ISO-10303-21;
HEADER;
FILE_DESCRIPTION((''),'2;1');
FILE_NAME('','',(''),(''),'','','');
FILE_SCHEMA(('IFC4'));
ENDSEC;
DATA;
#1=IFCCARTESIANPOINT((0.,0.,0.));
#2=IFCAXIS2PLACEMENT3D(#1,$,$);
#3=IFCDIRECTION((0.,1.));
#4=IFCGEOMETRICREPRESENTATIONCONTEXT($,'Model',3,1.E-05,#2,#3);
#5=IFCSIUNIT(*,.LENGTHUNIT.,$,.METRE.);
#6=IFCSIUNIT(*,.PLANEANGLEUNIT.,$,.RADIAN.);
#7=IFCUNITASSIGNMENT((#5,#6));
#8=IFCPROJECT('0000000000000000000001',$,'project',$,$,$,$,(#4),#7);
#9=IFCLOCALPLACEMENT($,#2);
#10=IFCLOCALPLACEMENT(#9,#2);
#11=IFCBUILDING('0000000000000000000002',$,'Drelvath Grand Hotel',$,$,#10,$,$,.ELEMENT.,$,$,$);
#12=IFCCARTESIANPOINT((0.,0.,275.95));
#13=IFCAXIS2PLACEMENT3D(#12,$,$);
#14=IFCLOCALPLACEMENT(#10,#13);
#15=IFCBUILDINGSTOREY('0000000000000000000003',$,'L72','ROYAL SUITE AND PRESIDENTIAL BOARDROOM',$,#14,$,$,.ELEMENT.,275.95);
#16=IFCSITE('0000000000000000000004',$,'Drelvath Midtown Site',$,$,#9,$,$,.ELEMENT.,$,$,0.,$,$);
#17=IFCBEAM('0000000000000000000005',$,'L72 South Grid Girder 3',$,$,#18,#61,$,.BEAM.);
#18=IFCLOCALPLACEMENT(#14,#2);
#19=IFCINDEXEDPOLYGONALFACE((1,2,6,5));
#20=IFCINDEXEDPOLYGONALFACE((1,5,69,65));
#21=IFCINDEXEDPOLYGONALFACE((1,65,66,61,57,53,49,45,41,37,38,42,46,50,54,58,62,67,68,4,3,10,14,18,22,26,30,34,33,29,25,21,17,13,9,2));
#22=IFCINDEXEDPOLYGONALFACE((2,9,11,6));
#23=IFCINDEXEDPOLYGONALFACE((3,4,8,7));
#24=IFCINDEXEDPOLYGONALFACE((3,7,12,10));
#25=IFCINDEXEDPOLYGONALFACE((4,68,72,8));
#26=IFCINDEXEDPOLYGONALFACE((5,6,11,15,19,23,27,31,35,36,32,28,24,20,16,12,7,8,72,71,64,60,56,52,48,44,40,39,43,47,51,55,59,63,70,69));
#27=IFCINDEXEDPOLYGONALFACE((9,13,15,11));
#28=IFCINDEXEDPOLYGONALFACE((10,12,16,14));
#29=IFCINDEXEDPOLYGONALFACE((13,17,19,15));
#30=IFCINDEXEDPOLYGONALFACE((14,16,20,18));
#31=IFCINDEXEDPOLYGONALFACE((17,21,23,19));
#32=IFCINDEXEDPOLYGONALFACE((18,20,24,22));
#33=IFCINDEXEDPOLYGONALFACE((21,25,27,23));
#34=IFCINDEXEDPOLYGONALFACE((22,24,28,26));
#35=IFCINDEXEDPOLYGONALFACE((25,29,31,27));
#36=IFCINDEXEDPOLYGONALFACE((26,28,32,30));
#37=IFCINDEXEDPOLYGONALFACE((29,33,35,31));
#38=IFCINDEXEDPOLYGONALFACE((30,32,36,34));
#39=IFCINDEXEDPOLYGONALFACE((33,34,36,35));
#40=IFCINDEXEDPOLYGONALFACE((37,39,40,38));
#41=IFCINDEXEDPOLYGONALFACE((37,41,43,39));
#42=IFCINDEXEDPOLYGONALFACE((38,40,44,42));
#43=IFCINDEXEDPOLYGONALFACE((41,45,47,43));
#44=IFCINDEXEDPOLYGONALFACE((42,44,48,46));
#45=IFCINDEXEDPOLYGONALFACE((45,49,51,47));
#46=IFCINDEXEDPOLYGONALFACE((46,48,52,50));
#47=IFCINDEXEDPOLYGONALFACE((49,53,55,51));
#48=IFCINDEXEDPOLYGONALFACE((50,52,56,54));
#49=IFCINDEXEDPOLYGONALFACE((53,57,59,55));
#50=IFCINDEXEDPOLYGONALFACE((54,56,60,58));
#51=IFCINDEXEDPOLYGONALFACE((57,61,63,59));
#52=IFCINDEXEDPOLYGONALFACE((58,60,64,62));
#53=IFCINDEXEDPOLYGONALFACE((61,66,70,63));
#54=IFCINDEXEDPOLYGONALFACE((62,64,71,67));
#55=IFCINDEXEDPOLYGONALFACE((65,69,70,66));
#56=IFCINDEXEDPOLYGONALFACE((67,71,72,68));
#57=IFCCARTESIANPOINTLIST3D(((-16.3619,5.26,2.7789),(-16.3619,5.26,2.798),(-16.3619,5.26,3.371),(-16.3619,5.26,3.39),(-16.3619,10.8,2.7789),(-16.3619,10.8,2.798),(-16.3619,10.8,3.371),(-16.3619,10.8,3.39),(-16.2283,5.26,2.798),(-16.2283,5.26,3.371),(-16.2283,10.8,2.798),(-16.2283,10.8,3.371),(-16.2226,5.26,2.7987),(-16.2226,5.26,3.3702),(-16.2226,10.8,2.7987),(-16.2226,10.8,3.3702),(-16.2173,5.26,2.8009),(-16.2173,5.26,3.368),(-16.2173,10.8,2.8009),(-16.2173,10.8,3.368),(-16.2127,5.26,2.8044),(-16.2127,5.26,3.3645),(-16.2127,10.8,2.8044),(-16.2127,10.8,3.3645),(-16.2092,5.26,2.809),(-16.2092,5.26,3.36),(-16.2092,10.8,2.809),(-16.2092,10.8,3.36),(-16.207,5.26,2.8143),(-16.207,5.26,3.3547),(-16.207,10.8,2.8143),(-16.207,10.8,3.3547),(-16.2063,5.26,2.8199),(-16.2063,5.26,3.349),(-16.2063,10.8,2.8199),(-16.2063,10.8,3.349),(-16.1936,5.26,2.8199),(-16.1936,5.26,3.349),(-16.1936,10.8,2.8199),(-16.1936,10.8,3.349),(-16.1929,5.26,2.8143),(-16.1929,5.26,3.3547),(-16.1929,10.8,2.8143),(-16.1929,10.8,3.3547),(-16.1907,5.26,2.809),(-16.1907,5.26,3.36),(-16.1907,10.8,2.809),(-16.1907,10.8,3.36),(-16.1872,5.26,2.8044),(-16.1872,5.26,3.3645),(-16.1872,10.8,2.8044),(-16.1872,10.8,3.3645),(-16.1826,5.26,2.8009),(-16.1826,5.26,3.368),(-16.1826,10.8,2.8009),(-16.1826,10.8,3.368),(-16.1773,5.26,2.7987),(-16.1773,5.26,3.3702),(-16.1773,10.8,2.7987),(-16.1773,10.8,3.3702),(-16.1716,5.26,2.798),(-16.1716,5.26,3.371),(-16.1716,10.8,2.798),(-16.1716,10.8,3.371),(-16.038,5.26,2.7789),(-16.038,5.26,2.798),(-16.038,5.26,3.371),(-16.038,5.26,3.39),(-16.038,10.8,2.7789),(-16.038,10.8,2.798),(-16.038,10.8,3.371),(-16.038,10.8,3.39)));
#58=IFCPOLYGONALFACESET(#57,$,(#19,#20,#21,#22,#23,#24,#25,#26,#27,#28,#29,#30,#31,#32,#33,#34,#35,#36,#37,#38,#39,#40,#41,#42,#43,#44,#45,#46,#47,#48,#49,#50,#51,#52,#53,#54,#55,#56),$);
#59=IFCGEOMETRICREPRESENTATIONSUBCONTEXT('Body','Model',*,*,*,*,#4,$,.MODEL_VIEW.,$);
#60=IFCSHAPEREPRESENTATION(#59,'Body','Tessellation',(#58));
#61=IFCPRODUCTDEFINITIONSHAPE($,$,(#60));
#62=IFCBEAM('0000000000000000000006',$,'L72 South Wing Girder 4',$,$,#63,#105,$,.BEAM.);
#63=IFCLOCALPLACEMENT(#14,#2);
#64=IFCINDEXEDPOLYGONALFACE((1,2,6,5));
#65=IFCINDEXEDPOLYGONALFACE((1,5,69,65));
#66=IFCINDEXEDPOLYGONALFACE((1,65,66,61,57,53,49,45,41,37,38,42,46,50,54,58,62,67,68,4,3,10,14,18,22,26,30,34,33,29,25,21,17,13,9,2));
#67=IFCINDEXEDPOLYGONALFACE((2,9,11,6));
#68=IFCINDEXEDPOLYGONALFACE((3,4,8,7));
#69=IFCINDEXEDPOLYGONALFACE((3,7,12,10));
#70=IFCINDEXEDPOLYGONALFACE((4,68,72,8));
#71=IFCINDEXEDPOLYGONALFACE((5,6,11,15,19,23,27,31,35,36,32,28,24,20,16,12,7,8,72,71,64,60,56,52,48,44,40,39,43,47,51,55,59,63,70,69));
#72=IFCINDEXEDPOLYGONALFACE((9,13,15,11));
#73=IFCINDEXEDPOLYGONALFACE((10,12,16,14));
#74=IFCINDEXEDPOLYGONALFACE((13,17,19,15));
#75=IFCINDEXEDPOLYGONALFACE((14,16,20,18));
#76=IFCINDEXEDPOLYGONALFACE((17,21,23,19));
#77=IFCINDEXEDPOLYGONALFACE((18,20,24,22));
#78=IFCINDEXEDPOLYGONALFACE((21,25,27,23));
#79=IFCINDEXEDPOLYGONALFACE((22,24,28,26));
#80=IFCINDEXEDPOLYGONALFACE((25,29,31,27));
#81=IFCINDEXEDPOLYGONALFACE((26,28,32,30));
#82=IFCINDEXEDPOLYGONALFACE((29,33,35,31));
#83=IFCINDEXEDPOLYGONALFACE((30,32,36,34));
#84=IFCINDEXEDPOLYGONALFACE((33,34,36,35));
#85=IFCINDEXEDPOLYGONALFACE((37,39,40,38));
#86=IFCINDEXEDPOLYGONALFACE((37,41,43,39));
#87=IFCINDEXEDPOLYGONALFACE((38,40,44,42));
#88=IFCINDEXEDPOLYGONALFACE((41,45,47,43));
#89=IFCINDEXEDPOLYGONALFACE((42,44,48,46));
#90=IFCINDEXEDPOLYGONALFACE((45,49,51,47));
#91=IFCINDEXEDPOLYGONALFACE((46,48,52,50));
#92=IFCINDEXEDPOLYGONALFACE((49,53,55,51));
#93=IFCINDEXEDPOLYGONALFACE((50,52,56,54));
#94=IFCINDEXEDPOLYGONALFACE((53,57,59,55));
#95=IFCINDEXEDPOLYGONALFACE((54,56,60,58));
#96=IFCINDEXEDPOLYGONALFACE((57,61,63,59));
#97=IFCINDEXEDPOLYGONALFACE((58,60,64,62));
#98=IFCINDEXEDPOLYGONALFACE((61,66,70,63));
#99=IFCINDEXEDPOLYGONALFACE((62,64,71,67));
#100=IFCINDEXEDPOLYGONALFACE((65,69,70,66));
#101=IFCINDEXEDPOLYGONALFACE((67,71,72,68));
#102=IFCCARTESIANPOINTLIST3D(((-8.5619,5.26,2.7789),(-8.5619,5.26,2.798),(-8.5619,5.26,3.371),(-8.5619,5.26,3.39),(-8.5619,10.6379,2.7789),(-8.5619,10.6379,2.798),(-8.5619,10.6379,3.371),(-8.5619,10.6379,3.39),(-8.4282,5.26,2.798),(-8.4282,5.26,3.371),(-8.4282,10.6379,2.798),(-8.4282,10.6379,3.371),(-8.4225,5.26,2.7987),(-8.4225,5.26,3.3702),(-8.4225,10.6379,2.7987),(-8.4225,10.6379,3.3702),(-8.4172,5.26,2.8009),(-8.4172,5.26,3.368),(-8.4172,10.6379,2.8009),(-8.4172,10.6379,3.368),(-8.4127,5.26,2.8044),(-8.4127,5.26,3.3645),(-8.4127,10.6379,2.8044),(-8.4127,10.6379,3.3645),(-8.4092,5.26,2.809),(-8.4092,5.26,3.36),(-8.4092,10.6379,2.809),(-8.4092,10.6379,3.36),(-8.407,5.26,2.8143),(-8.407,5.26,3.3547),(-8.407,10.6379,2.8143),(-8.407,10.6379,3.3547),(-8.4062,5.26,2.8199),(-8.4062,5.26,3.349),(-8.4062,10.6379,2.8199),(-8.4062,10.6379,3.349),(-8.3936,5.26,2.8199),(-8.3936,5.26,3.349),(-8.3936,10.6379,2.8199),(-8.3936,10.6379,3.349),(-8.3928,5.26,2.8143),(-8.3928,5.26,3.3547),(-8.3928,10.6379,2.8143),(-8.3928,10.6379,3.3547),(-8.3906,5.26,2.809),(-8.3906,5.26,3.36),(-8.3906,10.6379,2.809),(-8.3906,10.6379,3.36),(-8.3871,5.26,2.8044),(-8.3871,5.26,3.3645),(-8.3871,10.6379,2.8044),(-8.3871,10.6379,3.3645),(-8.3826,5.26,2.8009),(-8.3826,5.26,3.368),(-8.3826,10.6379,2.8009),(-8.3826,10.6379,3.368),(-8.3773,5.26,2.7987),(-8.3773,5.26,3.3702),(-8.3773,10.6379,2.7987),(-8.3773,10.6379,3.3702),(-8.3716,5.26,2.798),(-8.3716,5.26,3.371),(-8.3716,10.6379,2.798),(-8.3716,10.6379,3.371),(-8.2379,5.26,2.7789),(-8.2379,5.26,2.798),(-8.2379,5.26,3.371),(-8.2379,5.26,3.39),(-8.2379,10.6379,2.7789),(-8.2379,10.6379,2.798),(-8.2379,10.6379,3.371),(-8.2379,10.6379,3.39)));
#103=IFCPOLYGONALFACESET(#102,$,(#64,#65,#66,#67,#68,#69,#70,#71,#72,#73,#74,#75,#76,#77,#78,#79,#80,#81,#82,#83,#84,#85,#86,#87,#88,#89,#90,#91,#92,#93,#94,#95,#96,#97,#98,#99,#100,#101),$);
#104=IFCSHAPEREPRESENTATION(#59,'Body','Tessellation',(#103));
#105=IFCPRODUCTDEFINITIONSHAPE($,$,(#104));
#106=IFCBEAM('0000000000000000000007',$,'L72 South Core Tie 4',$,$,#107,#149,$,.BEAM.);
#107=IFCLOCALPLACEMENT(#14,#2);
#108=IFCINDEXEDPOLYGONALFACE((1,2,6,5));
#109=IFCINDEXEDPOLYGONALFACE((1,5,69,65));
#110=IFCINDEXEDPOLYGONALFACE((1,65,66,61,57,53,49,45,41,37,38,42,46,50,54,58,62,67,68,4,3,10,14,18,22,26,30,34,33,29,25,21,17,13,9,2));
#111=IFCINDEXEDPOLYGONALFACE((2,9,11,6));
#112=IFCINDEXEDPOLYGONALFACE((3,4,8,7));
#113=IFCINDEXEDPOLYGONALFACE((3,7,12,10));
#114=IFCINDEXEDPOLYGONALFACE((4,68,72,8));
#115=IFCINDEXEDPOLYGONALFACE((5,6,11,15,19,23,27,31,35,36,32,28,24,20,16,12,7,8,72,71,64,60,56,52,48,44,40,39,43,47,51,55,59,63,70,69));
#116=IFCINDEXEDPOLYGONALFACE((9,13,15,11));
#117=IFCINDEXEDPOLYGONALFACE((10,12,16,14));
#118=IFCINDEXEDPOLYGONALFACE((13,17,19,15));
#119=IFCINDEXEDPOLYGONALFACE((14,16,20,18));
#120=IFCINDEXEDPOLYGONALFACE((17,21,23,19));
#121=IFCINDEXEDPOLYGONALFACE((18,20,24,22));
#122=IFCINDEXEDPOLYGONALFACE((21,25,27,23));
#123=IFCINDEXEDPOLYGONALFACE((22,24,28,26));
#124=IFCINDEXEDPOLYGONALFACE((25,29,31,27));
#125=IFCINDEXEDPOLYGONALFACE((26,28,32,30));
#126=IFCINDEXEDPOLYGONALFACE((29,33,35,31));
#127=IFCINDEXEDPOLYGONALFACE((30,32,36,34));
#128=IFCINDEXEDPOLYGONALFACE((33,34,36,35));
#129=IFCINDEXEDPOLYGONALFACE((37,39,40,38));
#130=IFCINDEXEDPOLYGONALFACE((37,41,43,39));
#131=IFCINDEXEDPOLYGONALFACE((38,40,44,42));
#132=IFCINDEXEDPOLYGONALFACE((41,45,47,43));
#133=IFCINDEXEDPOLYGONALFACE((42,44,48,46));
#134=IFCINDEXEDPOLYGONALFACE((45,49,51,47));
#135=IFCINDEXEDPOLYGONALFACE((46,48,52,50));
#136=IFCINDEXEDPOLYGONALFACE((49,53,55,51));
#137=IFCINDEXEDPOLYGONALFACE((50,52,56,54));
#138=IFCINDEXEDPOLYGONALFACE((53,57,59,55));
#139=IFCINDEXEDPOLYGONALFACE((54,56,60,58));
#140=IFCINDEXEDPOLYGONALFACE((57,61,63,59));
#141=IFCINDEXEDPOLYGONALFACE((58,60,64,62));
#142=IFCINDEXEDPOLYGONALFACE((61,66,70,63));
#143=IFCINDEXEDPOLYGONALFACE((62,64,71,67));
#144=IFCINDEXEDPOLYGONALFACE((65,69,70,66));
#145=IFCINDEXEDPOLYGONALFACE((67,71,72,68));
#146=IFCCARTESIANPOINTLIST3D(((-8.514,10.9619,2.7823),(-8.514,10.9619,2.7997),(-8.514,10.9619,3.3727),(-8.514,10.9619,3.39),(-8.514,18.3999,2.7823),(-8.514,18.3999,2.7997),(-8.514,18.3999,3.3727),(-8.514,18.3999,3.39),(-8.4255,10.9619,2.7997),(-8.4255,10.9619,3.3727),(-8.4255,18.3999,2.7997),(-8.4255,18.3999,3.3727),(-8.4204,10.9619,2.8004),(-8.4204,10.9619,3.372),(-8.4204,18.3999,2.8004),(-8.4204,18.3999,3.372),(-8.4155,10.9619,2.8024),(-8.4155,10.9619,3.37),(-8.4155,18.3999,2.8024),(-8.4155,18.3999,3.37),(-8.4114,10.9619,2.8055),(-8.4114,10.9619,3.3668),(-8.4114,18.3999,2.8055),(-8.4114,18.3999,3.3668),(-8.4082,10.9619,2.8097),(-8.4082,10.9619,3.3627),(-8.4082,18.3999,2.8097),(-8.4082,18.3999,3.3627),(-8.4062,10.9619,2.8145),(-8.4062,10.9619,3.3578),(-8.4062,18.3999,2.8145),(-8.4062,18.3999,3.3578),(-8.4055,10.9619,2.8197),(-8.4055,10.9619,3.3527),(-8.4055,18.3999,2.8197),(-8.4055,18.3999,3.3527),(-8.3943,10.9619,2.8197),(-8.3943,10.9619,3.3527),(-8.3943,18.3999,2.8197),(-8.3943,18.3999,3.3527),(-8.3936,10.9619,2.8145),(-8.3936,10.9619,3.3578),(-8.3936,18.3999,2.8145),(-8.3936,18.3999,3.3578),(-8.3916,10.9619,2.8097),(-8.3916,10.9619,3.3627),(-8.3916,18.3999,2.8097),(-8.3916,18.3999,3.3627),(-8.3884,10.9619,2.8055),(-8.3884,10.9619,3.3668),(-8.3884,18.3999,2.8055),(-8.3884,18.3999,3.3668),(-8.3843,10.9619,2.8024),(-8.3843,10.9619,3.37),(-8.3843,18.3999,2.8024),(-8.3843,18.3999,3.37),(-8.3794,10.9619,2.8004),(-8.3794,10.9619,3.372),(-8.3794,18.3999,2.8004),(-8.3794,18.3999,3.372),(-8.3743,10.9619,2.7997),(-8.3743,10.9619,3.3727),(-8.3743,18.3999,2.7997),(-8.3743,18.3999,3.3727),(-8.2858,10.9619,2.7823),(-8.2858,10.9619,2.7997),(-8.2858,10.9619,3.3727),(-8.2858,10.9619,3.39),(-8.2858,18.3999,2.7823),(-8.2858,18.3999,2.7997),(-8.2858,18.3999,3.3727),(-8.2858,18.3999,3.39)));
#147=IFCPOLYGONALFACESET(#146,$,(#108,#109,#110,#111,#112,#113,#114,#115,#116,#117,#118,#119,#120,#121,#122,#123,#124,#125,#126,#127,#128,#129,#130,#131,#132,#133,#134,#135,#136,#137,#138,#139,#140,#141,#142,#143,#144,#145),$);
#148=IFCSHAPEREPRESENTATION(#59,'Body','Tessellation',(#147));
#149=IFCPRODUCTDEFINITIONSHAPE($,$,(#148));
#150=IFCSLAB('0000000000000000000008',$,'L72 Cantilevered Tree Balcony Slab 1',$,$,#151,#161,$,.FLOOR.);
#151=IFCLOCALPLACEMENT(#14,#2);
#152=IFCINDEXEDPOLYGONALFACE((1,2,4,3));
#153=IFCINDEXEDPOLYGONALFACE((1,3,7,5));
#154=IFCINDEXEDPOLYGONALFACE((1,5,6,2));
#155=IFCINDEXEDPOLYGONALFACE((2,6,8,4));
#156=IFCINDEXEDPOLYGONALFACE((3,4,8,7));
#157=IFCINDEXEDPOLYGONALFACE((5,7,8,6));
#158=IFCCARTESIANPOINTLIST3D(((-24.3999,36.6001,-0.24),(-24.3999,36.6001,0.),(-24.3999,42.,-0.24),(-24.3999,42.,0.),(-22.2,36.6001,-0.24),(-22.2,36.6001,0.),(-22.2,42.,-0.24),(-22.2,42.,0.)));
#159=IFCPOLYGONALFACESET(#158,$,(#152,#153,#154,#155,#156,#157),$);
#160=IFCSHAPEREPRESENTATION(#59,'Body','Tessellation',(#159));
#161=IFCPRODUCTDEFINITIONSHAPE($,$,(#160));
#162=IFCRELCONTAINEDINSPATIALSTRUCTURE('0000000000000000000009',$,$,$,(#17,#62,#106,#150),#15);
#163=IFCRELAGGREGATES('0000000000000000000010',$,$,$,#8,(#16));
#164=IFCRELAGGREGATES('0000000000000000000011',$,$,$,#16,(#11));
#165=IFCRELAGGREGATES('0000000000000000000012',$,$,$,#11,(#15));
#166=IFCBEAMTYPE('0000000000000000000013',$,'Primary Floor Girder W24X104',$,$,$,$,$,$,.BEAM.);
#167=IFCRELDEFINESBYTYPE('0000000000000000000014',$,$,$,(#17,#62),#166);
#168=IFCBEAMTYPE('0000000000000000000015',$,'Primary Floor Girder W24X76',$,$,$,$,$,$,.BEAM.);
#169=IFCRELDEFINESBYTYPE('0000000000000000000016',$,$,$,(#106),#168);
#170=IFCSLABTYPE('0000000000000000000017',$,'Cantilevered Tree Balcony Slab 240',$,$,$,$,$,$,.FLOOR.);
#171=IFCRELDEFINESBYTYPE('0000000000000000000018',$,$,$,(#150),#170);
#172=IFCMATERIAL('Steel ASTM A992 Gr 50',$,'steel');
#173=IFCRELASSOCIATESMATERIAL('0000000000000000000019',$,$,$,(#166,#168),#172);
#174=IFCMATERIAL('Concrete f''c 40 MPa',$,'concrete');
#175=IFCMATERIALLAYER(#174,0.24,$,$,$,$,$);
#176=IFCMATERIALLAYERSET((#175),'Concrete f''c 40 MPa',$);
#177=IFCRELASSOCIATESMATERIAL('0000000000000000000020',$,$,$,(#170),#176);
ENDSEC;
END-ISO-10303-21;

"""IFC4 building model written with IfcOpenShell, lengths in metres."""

from ifc_helpers import new_model, si_unit, direction, frame, origin, origin_2d, place, context, subcontext, project, spatial, polyline, i_section, outline, extrude, material, layer, layer_set, material_profile, profile_set, type_object, element, save


model = new_model("IFC4")

# Units and contexts
model_context = context("Model", 3, precision=1e-05, world=origin(), true_north=direction((0.0, 1.0)))
body_context = subcontext(model_context, "Body", "Model", "MODEL_VIEW")
ifc_project = project(units=[si_unit("LENGTHUNIT", "METRE"), si_unit("PLANEANGLEUNIT", "RADIAN")], contexts=[model_context])

# Site, building, storey
site_placement = place(None, origin())
site = spatial("IfcSite", under=ifc_project, at=site_placement, Name="Drelvath Midtown Site", CompositionType="ELEMENT", RefElevation=0.0)
building_placement = place(site_placement, origin())
building = spatial("IfcBuilding", under=site, at=building_placement, Name="Drelvath Grand Hotel", CompositionType="ELEMENT")
storey_placement = place(building_placement, frame((0.0, 0.0, 275.95)))
storey = spatial("IfcBuildingStorey", under=building, at=storey_placement, Name="L72", Description="ROYAL SUITE AND PRESIDENTIAL BOARDROOM", CompositionType="ELEMENT", Elevation=275.95)

# Shared definitions
ifc_material_1 = material(Name="Steel ASTM A992 Gr 50", Category="steel")

# Beams
ifc_material_profile_1 = material_profile(ifc_material_1, i_section(OverallWidth=0.324, OverallDepth=0.6111, WebThickness=0.0127, FlangeThickness=0.019, FilletRadius=0.022, at=origin_2d()), Name="W24X104")
ifc_profile_set_1 = profile_set([ifc_material_profile_1], Name="Steel ASTM A992 Gr 50")
beam_type_1 = type_object("IfcBeamType", Name="Primary Floor Girder W24X104", PredefinedType="BEAM", material=ifc_profile_set_1)
for number, where, z_axis, x_axis, name in (
    (1, (-16.2, 5.26, 3.0845), (0.0, 1.0, 0.0), (-1.0, 0.0, 0.0), "L72 South Grid Girder 3"),
):
    element("IfcBeam", number, at=place(storey_placement, frame(where, z_axis=z_axis, x_axis=x_axis)), inside=storey, type_object=beam_type_1, Name=name, PredefinedType="BEAM", context=body_context, shape_type="SweptSolid", body=[
        extrude(i_section(OverallWidth=0.324, OverallDepth=0.6111, WebThickness=0.0127, FlangeThickness=0.019, FilletRadius=0.022, at=origin_2d()), origin(), (0.0, 0.0, 1.0), 5.54),
    ])
beam_1_placement = place(storey_placement, frame((-8.3999, 5.26, 3.0845), z_axis=(0.0, 1.0, 0.0), x_axis=(-1.0, 0.0, 0.0)))
element("IfcBeam", 2, at=beam_1_placement, inside=storey, type_object=beam_type_1, Name="L72 South Wing Girder 4", PredefinedType="BEAM", context=body_context, shape_type="SweptSolid", body=[
    extrude(i_section(OverallWidth=0.324, OverallDepth=0.6111, WebThickness=0.0127, FlangeThickness=0.019, FilletRadius=0.022, at=origin_2d()), origin(), (0.0, 0.0, 1.0), 5.3779),
])
ifc_material_profile_2 = material_profile(ifc_material_1, i_section(OverallWidth=0.2283, OverallDepth=0.6077, WebThickness=0.0112, FlangeThickness=0.0173, FilletRadius=0.02, at=origin_2d()), Name="W24X76")
ifc_profile_set_2 = profile_set([ifc_material_profile_2], Name="Steel ASTM A992 Gr 50")
beam_type_2 = type_object("IfcBeamType", Name="Primary Floor Girder W24X76", PredefinedType="BEAM", material=ifc_profile_set_2)
beam_2_placement = place(storey_placement, frame((-8.3999, 10.9619, 3.0862), z_axis=(0.0, 1.0, 0.0), x_axis=(-1.0, 0.0, 0.0)))
element("IfcBeam", 3, at=beam_2_placement, inside=storey, type_object=beam_type_2, Name="L72 South Core Tie 4", PredefinedType="BEAM", context=body_context, shape_type="SweptSolid", body=[
    extrude(i_section(OverallWidth=0.2283, OverallDepth=0.6077, WebThickness=0.0112, FlangeThickness=0.0173, FilletRadius=0.02, at=origin_2d()), origin(), (0.0, 0.0, 1.0), 7.438),
])

# Slab
ifc_material_2 = material(Name="Concrete f'c 40 MPa", Category="concrete")
ifc_layer_1 = layer(ifc_material_2, 0.24)
ifc_layer_set_1 = layer_set([ifc_layer_1], Name="Concrete f'c 40 MPa")
slab_type_1 = type_object("IfcSlabType", Name="Cantilevered Tree Balcony Slab 240", PredefinedType="FLOOR", material=ifc_layer_set_1)
slab_1_placement = place(storey_placement, frame((0.0, 0.0, -0.24)))
element("IfcSlab", 4, at=slab_1_placement, inside=storey, type_object=slab_type_1, Name="L72 Cantilevered Tree Balcony Slab 1", PredefinedType="FLOOR", context=body_context, shape_type="SweptSolid", body=[
    extrude(outline(polyline([(-24.3999, 36.6001), (-22.2, 36.6001), (-22.2, 42.0), (-24.3999, 42.0), (-24.3999, 36.6001)])), origin(), (0.0, 0.0, 1.0), 0.24),
])

save(model, "model.ifc")
